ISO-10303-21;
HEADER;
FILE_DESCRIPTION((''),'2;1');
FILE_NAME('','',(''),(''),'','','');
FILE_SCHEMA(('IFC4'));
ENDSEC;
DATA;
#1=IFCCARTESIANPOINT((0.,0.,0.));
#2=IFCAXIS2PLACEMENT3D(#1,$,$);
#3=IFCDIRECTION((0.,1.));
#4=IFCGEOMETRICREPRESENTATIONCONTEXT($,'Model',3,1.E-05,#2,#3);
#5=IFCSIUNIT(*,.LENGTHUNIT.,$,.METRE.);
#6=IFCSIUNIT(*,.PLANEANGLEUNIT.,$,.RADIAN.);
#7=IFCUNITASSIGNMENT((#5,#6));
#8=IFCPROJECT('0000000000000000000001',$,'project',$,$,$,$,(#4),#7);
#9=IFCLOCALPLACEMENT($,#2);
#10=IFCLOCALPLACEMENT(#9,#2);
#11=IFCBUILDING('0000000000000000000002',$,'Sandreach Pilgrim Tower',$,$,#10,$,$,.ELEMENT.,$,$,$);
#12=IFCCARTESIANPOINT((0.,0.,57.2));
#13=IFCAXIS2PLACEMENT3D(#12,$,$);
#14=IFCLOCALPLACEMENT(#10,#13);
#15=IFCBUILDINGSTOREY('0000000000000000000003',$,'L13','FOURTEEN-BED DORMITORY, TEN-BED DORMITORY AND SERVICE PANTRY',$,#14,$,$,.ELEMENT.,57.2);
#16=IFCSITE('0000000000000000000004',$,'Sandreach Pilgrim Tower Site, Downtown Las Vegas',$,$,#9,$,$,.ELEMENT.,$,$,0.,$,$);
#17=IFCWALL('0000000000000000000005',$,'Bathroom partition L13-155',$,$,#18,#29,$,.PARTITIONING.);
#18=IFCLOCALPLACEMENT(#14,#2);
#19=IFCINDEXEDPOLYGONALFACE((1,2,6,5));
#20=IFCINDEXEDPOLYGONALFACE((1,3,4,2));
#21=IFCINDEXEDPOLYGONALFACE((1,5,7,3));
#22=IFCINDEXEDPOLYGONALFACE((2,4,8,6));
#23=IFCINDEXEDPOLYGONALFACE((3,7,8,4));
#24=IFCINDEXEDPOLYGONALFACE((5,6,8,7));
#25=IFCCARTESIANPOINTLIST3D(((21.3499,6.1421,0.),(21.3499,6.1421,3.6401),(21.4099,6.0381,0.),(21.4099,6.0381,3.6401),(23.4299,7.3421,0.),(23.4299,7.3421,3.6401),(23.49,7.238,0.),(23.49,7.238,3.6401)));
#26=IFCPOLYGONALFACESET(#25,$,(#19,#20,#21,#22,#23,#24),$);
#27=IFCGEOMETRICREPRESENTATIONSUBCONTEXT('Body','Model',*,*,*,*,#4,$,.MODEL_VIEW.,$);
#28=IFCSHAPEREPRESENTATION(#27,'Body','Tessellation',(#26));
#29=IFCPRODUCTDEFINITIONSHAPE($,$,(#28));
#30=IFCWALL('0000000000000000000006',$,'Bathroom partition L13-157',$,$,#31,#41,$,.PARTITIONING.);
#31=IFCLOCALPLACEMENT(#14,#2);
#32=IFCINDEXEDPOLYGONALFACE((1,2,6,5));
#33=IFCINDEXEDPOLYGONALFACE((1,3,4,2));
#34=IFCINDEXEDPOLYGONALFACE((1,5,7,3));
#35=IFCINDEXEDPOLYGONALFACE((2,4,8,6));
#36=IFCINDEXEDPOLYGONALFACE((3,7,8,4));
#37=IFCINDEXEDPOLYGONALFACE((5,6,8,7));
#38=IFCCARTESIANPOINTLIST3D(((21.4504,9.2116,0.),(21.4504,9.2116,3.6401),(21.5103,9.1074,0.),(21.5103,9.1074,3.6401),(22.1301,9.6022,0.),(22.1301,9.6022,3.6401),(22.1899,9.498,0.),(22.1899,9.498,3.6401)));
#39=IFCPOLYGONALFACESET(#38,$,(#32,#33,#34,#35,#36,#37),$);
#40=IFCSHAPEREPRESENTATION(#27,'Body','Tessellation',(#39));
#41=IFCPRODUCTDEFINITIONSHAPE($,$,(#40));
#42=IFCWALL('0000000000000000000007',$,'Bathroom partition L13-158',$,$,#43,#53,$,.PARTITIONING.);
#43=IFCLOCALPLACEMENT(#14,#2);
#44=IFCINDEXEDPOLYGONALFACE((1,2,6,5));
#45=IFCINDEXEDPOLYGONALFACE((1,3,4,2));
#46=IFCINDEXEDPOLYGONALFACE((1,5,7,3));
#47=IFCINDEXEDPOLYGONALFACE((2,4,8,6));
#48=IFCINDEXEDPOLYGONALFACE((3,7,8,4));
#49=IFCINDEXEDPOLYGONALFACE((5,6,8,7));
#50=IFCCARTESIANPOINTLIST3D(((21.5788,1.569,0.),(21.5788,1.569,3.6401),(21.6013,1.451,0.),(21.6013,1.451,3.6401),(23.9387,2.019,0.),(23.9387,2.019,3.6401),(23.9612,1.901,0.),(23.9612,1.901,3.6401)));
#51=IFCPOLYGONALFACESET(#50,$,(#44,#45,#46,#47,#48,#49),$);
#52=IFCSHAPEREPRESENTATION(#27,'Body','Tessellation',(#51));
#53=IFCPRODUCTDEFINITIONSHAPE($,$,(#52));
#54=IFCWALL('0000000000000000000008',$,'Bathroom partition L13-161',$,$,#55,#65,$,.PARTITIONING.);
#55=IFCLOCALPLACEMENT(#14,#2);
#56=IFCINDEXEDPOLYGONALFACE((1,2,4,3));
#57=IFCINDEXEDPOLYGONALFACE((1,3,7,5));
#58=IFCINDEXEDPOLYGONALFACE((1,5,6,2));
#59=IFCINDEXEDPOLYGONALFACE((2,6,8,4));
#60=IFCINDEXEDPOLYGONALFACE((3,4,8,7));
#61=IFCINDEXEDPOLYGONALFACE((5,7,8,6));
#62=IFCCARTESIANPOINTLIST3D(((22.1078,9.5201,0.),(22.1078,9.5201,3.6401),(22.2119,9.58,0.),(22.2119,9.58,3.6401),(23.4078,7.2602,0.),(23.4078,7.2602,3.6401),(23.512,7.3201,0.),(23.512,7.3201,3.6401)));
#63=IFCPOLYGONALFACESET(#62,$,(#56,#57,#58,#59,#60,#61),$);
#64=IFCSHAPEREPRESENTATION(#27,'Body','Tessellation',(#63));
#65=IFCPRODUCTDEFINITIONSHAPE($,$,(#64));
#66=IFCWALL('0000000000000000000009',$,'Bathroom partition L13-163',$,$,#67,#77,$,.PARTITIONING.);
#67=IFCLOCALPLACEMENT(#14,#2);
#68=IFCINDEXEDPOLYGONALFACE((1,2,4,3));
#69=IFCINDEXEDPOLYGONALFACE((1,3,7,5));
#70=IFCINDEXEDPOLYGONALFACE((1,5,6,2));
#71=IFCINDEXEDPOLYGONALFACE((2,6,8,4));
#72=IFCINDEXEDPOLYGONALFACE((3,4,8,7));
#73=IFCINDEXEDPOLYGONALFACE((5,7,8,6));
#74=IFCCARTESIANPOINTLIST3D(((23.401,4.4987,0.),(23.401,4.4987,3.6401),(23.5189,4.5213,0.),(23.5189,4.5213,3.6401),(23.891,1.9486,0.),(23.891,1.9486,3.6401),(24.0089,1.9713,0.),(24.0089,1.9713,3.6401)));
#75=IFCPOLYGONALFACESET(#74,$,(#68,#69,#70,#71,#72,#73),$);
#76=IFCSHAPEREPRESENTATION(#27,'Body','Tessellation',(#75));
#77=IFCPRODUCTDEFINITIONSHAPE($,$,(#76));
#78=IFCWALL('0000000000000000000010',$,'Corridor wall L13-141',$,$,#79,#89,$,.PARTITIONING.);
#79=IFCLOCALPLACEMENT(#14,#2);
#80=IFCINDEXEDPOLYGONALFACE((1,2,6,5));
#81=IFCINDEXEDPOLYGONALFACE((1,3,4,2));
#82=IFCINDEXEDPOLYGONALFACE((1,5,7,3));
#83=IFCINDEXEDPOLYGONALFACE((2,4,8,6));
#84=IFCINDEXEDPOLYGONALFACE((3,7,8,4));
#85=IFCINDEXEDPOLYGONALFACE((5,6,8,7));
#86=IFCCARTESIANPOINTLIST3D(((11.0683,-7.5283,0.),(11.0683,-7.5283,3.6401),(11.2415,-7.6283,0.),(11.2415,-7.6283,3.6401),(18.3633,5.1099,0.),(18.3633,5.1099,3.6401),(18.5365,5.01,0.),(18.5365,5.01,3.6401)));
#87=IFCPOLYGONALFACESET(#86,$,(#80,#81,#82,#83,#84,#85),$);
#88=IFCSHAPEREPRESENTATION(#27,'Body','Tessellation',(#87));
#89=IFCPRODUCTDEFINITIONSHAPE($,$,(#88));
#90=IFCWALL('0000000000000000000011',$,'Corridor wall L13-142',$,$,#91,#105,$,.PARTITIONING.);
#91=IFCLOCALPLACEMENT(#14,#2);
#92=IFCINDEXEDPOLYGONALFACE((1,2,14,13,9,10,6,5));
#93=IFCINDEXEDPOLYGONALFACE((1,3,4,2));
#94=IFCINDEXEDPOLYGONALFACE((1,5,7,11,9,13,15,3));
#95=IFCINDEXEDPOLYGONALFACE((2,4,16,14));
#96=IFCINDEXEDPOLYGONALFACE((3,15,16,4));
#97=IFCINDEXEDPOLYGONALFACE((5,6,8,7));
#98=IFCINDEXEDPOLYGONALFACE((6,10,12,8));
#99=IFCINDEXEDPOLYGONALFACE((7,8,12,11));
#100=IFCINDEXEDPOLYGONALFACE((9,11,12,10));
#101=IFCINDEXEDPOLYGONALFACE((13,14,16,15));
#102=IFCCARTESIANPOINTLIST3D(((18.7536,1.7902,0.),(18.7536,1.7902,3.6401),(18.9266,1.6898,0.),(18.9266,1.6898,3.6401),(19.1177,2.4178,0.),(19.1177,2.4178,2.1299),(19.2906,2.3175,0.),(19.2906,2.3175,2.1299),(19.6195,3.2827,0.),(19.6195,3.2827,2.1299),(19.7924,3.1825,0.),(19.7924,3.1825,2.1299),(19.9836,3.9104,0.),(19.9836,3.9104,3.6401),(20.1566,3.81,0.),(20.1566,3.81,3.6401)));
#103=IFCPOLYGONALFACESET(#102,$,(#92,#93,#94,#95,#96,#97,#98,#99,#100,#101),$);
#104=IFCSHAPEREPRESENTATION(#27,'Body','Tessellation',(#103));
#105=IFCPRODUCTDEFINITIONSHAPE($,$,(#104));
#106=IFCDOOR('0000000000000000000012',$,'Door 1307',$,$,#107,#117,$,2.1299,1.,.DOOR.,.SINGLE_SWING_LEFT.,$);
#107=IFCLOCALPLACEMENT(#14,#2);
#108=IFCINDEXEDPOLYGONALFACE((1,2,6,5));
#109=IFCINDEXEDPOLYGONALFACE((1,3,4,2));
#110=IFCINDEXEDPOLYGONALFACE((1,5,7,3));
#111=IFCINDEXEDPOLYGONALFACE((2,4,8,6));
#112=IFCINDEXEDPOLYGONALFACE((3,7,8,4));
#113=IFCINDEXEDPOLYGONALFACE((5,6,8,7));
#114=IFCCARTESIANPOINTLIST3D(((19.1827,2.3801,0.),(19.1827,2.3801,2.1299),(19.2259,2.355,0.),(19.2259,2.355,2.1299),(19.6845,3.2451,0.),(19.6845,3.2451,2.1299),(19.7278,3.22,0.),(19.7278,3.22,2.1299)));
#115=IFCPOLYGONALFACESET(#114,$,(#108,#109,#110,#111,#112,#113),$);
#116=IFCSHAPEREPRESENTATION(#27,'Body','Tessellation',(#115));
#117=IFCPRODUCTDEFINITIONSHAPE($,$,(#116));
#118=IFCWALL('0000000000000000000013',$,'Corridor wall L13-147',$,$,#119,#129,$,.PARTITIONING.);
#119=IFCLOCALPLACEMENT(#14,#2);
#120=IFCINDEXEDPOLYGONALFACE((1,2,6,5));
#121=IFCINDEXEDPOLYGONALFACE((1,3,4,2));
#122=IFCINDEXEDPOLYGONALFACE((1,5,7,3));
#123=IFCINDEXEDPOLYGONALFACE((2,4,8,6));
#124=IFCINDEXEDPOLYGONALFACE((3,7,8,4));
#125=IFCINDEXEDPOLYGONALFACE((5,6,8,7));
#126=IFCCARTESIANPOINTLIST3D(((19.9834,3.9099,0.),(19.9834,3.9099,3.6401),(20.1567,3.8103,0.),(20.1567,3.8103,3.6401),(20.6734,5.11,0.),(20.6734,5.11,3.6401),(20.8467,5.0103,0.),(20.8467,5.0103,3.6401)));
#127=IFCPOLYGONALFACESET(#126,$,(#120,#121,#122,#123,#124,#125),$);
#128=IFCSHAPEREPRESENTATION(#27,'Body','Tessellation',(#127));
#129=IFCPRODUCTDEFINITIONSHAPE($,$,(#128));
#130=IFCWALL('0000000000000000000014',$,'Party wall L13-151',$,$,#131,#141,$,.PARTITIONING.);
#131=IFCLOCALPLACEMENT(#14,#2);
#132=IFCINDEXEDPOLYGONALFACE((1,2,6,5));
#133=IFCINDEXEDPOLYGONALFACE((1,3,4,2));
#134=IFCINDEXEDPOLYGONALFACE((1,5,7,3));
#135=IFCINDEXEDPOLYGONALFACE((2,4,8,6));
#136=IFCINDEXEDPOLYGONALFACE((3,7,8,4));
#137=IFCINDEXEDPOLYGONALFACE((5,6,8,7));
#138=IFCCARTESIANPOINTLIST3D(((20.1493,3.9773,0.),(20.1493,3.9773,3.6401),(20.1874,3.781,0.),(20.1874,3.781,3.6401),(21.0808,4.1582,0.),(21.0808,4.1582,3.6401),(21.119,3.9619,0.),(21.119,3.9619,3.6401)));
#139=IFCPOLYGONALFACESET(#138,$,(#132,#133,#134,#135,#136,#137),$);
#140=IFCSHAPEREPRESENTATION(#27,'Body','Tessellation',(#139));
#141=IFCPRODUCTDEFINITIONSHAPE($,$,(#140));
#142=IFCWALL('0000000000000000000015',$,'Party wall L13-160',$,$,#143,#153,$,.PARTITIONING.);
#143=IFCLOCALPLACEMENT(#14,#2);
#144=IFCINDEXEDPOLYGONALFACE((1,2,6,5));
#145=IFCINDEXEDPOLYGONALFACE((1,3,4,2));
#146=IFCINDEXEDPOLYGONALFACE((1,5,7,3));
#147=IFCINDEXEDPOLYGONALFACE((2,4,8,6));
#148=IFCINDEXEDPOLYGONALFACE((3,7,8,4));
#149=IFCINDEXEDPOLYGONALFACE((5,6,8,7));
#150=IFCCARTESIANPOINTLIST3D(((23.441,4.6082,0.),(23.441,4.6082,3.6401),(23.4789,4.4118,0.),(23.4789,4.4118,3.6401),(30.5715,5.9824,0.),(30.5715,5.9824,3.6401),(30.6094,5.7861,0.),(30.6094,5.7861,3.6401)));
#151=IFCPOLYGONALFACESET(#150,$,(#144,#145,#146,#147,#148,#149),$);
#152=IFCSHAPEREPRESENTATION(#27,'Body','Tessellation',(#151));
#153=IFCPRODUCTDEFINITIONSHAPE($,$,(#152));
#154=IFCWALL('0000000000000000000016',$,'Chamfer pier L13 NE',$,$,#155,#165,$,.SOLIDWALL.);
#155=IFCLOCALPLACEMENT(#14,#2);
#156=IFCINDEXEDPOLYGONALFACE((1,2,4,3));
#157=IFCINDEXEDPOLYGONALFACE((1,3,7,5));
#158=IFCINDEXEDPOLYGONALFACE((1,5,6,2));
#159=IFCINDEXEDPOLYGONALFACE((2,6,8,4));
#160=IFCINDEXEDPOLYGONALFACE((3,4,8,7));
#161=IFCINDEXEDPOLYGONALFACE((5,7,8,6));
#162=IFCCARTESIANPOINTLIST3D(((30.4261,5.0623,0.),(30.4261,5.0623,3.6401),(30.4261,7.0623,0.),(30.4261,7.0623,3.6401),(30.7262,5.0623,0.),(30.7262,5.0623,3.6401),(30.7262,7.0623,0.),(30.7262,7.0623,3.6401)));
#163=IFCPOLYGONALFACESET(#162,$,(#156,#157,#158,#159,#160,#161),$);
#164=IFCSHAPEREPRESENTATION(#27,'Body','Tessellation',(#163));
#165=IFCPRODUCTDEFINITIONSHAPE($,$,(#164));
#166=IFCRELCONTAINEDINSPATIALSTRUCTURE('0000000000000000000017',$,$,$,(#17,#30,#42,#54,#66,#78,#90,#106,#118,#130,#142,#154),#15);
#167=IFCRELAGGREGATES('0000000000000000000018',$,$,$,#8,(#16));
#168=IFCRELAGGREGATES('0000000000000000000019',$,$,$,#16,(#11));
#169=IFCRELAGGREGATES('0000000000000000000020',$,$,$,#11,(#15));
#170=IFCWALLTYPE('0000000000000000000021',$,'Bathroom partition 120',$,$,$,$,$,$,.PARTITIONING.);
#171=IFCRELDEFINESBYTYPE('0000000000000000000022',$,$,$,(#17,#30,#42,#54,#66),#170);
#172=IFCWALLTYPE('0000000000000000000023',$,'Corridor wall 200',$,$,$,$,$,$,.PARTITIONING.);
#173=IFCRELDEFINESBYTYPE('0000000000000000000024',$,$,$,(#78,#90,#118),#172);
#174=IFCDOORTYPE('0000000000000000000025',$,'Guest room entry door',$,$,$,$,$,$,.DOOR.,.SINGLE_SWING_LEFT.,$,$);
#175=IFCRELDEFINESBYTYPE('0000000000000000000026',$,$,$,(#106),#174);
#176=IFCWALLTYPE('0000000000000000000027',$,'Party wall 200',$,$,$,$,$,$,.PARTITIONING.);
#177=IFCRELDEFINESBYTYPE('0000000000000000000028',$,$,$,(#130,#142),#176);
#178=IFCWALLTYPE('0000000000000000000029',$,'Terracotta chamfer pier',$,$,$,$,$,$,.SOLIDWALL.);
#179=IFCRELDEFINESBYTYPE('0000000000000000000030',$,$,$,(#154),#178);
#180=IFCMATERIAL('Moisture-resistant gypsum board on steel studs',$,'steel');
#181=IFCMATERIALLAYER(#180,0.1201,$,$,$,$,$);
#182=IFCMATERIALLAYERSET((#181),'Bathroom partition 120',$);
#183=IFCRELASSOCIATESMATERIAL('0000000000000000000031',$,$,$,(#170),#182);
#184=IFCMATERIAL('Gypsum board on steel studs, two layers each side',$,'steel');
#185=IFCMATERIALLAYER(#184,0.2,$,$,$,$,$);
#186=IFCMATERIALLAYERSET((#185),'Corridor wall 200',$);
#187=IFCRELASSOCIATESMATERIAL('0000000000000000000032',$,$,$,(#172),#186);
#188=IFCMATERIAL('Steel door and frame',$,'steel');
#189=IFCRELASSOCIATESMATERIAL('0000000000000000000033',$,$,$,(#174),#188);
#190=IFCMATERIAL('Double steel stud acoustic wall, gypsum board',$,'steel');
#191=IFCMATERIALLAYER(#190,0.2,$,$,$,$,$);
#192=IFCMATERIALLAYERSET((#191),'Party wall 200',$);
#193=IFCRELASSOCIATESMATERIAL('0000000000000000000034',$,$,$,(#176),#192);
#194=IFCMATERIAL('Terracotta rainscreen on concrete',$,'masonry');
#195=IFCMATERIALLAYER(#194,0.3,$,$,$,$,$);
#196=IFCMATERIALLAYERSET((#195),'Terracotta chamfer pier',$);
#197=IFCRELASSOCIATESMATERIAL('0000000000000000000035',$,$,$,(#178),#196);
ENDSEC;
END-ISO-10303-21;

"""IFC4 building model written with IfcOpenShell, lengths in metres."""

from ifc_helpers import new_model, si_unit, direction, frame, frame_2d, origin, place, context, subcontext, project, spatial, rectangle, extrude, material, layer, layer_set, type_object, element, fill, save


model = new_model("IFC4")

# Units and contexts
model_context = context("Model", 3, precision=1e-05, world=origin(), true_north=direction((0.0, 1.0)))
body_context = subcontext(model_context, "Body", "Model", "MODEL_VIEW")
ifc_project = project(units=[si_unit("LENGTHUNIT", "METRE"), si_unit("PLANEANGLEUNIT", "RADIAN")], contexts=[model_context])

# Site, building, storey
site_placement = place(None, origin())
site = spatial("IfcSite", under=ifc_project, at=site_placement, Name="Sandreach Pilgrim Tower Site, Downtown Las Vegas", CompositionType="ELEMENT", RefElevation=0.0)
building_placement = place(site_placement, origin())
building = spatial("IfcBuilding", under=site, at=building_placement, Name="Sandreach Pilgrim Tower", CompositionType="ELEMENT")
storey_placement = place(building_placement, frame((0.0, 0.0, 57.2)))
storey = spatial("IfcBuildingStorey", under=building, at=storey_placement, Name="L13", Description="FOURTEEN-BED DORMITORY, TEN-BED DORMITORY AND SERVICE PANTRY", CompositionType="ELEMENT", Elevation=57.2)

# Shared definitions
ifc_material_1 = material(Name="Moisture-resistant gypsum board on steel studs", Category="steel")
ifc_layer_1 = layer(ifc_material_1, 0.1201)
ifc_layer_set_1 = layer_set([ifc_layer_1], Name="Bathroom partition 120")
wall_type_1 = type_object("IfcWallType", Name="Bathroom partition 120", PredefinedType="PARTITIONING", material=ifc_layer_set_1)

# Walls
wall_1_placement = place(storey_placement, frame((21.3799, 6.0901, 0.0), z_axis=(0.0, 0.0, 1.0), x_axis=(0.866203, 0.499693, 0.0)))
element("IfcWall", 1, at=wall_1_placement, inside=storey, type_object=wall_type_1, Name="Bathroom partition L13-155", PredefinedType="PARTITIONING", context=body_context, shape_type="SweptSolid", body=[
    extrude(rectangle(XDim=2.4014, YDim=0.1201, at=frame_2d((1.2007, 0.0))), origin(), (0.0, 0.0, 1.0), 3.6401),
])
wall_2_placement = place(storey_placement, frame((21.4802, 9.1594, 0.0), z_axis=(0.0, 0.0, 1.0), x_axis=(0.867014, 0.498284, 0.0)))
element("IfcWall", 2, at=wall_2_placement, inside=storey, type_object=wall_type_1, Name="Bathroom partition L13-157", PredefinedType="PARTITIONING", context=body_context, shape_type="SweptSolid", body=[
    extrude(rectangle(XDim=0.7839, YDim=0.1201, at=frame_2d((0.3921, 0.0))), origin(), (0.0, 0.0, 1.0), 3.6401),
])
wall_3_placement = place(storey_placement, frame((21.5901, 1.51, 0.0), z_axis=(0.0, 0.0, 1.0), x_axis=(0.982304, 0.187294, 0.0)))
element("IfcWall", 3, at=wall_3_placement, inside=storey, type_object=wall_type_1, Name="Bathroom partition L13-158", PredefinedType="PARTITIONING", context=body_context, shape_type="SweptSolid", body=[
    extrude(rectangle(XDim=2.4023, YDim=0.1201, at=frame_2d((1.2012, 0.0))), origin(), (0.0, 0.0, 1.0), 3.6401),
])
wall_4_placement = place(storey_placement, frame((23.46, 7.29, 0.0), z_axis=(0.0, 0.0, 1.0), x_axis=(-0.498628, 0.866816, 0.0)))
element("IfcWall", 4, at=wall_4_placement, inside=storey, type_object=wall_type_1, Name="Bathroom partition L13-161", PredefinedType="PARTITIONING", context=body_context, shape_type="SweptSolid", body=[
    extrude(rectangle(XDim=2.6072, YDim=0.1201, at=frame_2d((1.3037, 0.0))), origin(), (0.0, 0.0, 1.0), 3.6401),
])
wall_5_placement = place(storey_placement, frame((23.95, 1.96, 0.0), z_axis=(0.0, 0.0, 1.0), x_axis=(-0.188697, 0.982035, 0.0)))
element("IfcWall", 5, at=wall_5_placement, inside=storey, type_object=wall_type_1, Name="Bathroom partition L13-163", PredefinedType="PARTITIONING", context=body_context, shape_type="SweptSolid", body=[
    extrude(rectangle(XDim=2.5967, YDim=0.1201, at=frame_2d((1.2983, 0.0))), origin(), (0.0, 0.0, 1.0), 3.6401),
])
ifc_material_2 = material(Name="Gypsum board on steel studs, two layers each side", Category="steel")
ifc_layer_2 = layer(ifc_material_2, 0.2)
ifc_layer_set_2 = layer_set([ifc_layer_2], Name="Corridor wall 200")
wall_type_2 = type_object("IfcWallType", Name="Corridor wall 200", PredefinedType="PARTITIONING", material=ifc_layer_set_2)
wall_6_placement = place(storey_placement, frame((18.45, 5.0601, 0.0), z_axis=(0.0, 0.0, 1.0), x_axis=(-0.499911, -0.866077, 0.0)))
element("IfcWall", 6, at=wall_6_placement, inside=storey, type_object=wall_type_2, Name="Corridor wall L13-141", PredefinedType="PARTITIONING", context=body_context, shape_type="SweptSolid", body=[
    extrude(rectangle(XDim=14.5925, YDim=0.2, at=frame_2d((7.2964, 0.0))), origin(), (0.0, 0.0, 1.0), 3.6401),
])

# Wall, opening, door
wall_7_placement = place(storey_placement, frame((18.8401, 1.74, 0.0), z_axis=(0.0, 0.0, 1.0), x_axis=(0.501813, 0.864976, 0.0)))
wall_7 = element("IfcWall", 7, at=wall_7_placement, inside=storey, type_object=wall_type_2, Name="Corridor wall L13-142", PredefinedType="PARTITIONING", context=body_context, shape_type="SweptSolid", body=[
    extrude(rectangle(XDim=2.4512, YDim=0.2, at=frame_2d((1.2256, 0.0))), origin(), (0.0, 0.0, 1.0), 3.6401),
])
opening_1_placement = place(wall_7_placement, frame((0.7256, 0.0, 0.0)))
opening_1 = element("IfcOpeningElement", 8, at=opening_1_placement, cuts=wall_7, PredefinedType="OPENING", context=body_context, shape_type="SweptSolid", body=[
    extrude(rectangle(XDim=1.0, YDim=2.1299, at=frame_2d((0.5, 1.0649))), frame((0.0, 0.1001, 0.0), z_axis=(0.0, -1.0, 0.0), x_axis=(1.0, 0.0, 0.0)), (0.0, 0.0, 1.0), 0.2),
])
ifc_material_3 = material(Name="Steel door and frame", Category="steel")
door_type_1 = type_object("IfcDoorType", Name="Guest room entry door", OperationType="SINGLE_SWING_LEFT", PredefinedType="DOOR", material=ifc_material_3)
door_1_placement = place(opening_1_placement, origin())
door_1 = element("IfcDoor", 9, at=door_1_placement, inside=storey, type_object=door_type_1, Name="Door 1307", OperationType="SINGLE_SWING_LEFT", OverallHeight=2.1299, OverallWidth=1.0, PredefinedType="DOOR", context=body_context, shape_type="SweptSolid", body=[
    extrude(rectangle(XDim=1.0, YDim=2.1299, at=frame_2d((0.5, 1.0649))), frame((0.0, 0.0249, 0.0), z_axis=(0.0, -1.0, 0.0), x_axis=(1.0, 0.0, 0.0)), (0.0, 0.0, 1.0), 0.05),
])
fill(opening_1, door_1)

# Walls
wall_8_placement = place(storey_placement, frame((20.0701, 3.8601, 0.0), z_axis=(0.0, 0.0, 1.0), x_axis=(0.498455, 0.866916, 0.0)))
element("IfcWall", 10, at=wall_8_placement, inside=storey, type_object=wall_type_2, Name="Corridor wall L13-147", PredefinedType="PARTITIONING", context=body_context, shape_type="SweptSolid", body=[
    extrude(rectangle(XDim=1.3843, YDim=0.2, at=frame_2d((0.6921, 0.0))), origin(), (0.0, 0.0, 1.0), 3.6401),
])
ifc_material_4 = material(Name="Double steel stud acoustic wall, gypsum board", Category="steel")
ifc_layer_3 = layer(ifc_material_4, 0.2)
ifc_layer_set_3 = layer_set([ifc_layer_3], Name="Party wall 200")
wall_type_3 = type_object("IfcWallType", Name="Party wall 200", PredefinedType="PARTITIONING", material=ifc_layer_set_3)
wall_9_placement = place(storey_placement, frame((20.1682, 3.8792, 0.0), z_axis=(0.0, 0.0, 1.0), x_axis=(0.981664, 0.190622, 0.0)))
element("IfcWall", 11, at=wall_9_placement, inside=storey, type_object=wall_type_3, Name="Party wall L13-151", PredefinedType="PARTITIONING", context=body_context, shape_type="SweptSolid", body=[
    extrude(rectangle(XDim=0.949, YDim=0.2, at=frame_2d((0.4746, 0.0))), origin(), (0.0, 0.0, 1.0), 3.6401),
])
wall_10_placement = place(storey_placement, frame((23.46, 4.51, 0.0), z_axis=(0.0, 0.0, 1.0), x_axis=(0.98193, 0.189245, 0.0)))
element("IfcWall", 12, at=wall_10_placement, inside=storey, type_object=wall_type_3, Name="Party wall L13-160", PredefinedType="PARTITIONING", context=body_context, shape_type="SweptSolid", body=[
    extrude(rectangle(XDim=7.2617, YDim=0.2, at=frame_2d((3.6309, 0.0))), origin(), (0.0, 0.0, 1.0), 3.6401),
])
ifc_material_5 = material(Name="Terracotta rainscreen on concrete", Category="masonry")
ifc_layer_4 = layer(ifc_material_5, 0.3)
ifc_layer_set_4 = layer_set([ifc_layer_4], Name="Terracotta chamfer pier")
wall_type_4 = type_object("IfcWallType", Name="Terracotta chamfer pier", PredefinedType="SOLIDWALL", material=ifc_layer_set_4)
wall_11_placement = place(storey_placement, frame((30.5762, 7.0623, 0.0), z_axis=(0.0, 0.0, 1.0), x_axis=(0.0, -1.0, 0.0)))
element("IfcWall", 13, at=wall_11_placement, inside=storey, type_object=wall_type_4, Name="Chamfer pier L13 NE", PredefinedType="SOLIDWALL", context=body_context, shape_type="SweptSolid", body=[
    extrude(rectangle(XDim=2.0, YDim=0.3, at=frame_2d((1.0, 0.0))), origin(), (0.0, 0.0, 1.0), 3.6401),
])

save(model, "model.ifc")
